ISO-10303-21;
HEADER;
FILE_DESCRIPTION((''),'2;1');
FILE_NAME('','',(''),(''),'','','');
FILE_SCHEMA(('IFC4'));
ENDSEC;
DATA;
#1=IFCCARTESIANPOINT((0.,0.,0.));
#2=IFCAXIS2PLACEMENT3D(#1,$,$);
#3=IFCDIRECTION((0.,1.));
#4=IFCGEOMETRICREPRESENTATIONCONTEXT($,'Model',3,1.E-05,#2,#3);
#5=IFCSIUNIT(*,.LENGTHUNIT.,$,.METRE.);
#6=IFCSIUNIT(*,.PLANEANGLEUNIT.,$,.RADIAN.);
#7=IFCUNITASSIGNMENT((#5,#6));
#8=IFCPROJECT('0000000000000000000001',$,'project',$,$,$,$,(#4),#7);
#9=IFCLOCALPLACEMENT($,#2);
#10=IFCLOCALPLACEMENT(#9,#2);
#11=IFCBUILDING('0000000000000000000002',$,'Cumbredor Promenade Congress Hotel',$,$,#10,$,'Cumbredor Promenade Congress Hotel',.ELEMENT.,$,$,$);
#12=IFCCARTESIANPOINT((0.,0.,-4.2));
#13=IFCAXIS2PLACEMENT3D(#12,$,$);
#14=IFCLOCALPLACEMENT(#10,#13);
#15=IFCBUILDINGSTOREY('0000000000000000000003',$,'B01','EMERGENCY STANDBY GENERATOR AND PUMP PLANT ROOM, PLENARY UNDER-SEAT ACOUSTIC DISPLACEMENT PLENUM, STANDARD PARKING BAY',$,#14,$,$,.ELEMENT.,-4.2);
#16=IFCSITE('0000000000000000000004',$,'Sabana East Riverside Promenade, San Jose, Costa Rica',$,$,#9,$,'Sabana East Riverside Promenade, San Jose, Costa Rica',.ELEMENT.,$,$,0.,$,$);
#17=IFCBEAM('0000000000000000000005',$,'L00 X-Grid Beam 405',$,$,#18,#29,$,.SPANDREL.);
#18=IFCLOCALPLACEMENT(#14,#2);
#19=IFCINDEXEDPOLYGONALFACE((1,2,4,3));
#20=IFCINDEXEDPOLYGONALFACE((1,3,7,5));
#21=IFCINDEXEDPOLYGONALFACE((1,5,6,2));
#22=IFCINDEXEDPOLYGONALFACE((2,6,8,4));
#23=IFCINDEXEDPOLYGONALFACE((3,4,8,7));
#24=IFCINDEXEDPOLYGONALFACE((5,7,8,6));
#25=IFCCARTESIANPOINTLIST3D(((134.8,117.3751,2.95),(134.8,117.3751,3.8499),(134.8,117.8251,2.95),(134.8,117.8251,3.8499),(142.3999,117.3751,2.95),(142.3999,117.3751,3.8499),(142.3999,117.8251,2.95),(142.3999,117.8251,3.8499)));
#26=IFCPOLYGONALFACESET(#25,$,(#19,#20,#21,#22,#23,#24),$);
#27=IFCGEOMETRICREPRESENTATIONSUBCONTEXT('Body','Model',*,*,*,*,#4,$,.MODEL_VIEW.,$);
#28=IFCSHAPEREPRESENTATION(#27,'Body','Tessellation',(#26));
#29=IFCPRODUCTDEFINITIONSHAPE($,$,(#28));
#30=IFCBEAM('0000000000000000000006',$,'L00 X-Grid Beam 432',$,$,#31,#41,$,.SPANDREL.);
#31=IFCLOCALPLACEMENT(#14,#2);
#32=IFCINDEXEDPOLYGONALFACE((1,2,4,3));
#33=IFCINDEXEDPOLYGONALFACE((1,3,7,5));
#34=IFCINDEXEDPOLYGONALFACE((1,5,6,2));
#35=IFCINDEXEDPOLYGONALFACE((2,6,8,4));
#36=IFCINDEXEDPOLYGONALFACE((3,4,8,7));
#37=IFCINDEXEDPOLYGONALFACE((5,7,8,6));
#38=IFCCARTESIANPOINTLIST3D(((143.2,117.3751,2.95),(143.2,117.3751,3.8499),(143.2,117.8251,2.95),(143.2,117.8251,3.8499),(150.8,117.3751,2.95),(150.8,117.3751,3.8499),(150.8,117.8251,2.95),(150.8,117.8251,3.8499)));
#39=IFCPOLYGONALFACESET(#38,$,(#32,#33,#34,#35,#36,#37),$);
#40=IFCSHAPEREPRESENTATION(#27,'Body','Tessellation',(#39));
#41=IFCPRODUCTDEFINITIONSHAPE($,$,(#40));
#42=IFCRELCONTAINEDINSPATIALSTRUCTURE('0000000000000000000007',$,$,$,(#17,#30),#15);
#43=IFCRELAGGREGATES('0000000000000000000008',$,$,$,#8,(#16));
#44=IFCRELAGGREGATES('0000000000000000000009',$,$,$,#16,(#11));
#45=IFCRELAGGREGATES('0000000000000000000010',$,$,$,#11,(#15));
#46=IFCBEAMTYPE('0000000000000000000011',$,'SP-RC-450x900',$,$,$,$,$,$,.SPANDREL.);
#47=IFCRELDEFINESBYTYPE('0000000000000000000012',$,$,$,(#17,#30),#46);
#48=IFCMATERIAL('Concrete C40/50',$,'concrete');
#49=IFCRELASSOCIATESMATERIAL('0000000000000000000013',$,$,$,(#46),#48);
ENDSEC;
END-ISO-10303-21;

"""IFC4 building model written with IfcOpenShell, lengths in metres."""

from ifc_helpers import new_model, si_unit, direction, frame, origin, origin_2d, place, context, subcontext, project, spatial, rectangle, extrude, material, material_profile, profile_set, type_object, element, save


model = new_model("IFC4")

# Units and contexts
model_context = context("Model", 3, precision=1e-05, world=origin(), true_north=direction((0.0, 1.0)))
body_context = subcontext(model_context, "Body", "Model", "MODEL_VIEW")
ifc_project = project(units=[si_unit("LENGTHUNIT", "METRE"), si_unit("PLANEANGLEUNIT", "RADIAN")], contexts=[model_context])

# Site, building, storey
site_placement = place(None, origin())
site = spatial("IfcSite", under=ifc_project, at=site_placement, Name="Sabana East Riverside Promenade, San Jose, Costa Rica", LongName="Sabana East Riverside Promenade, San Jose, Costa Rica", CompositionType="ELEMENT", RefElevation=0.0)
building_placement = place(site_placement, origin())
building = spatial("IfcBuilding", under=site, at=building_placement, Name="Cumbredor Promenade Congress Hotel", LongName="Cumbredor Promenade Congress Hotel", CompositionType="ELEMENT")
storey_placement = place(building_placement, frame((0.0, 0.0, -4.2)))
storey = spatial("IfcBuildingStorey", under=building, at=storey_placement, Name="B01", Description="EMERGENCY STANDBY GENERATOR AND PUMP PLANT ROOM, PLENARY UNDER-SEAT ACOUSTIC DISPLACEMENT PLENUM, STANDARD PARKING BAY", CompositionType="ELEMENT", Elevation=-4.2)

# Beams
ifc_material_1 = material(Name="Concrete C40/50", Category="concrete")
ifc_material_profile_1 = material_profile(ifc_material_1, rectangle(XDim=0.45, YDim=0.8999, at=origin_2d()), Name="RC SPANDREL 450x900")
ifc_profile_set_1 = profile_set([ifc_material_profile_1], Name="Concrete C40/50")
beam_type_1 = type_object("IfcBeamType", Name="SP-RC-450x900", PredefinedType="SPANDREL", material=ifc_profile_set_1)
beam_1_placement = place(storey_placement, frame((134.8, 117.6001, 3.3999), z_axis=(1.0, 0.0, 0.0), x_axis=(0.0, 1.0, 0.0)))
element("IfcBeam", 1, at=beam_1_placement, inside=storey, type_object=beam_type_1, Name="L00 X-Grid Beam 405", PredefinedType="SPANDREL", context=body_context, shape_type="SweptSolid", body=[
    extrude(rectangle(XDim=0.45, YDim=0.8999, at=origin_2d()), origin(), (0.0, 0.0, 1.0), 7.5999),
])
beam_2_placement = place(storey_placement, frame((143.2, 117.6001, 3.3999), z_axis=(1.0, 0.0, 0.0), x_axis=(0.0, 1.0, 0.0)))
element("IfcBeam", 2, at=beam_2_placement, inside=storey, type_object=beam_type_1, Name="L00 X-Grid Beam 432", PredefinedType="SPANDREL", context=body_context, shape_type="SweptSolid", body=[
    extrude(rectangle(XDim=0.45, YDim=0.8999, at=origin_2d()), origin(), (0.0, 0.0, 1.0), 7.6001),
])

save(model, "model.ifc")
